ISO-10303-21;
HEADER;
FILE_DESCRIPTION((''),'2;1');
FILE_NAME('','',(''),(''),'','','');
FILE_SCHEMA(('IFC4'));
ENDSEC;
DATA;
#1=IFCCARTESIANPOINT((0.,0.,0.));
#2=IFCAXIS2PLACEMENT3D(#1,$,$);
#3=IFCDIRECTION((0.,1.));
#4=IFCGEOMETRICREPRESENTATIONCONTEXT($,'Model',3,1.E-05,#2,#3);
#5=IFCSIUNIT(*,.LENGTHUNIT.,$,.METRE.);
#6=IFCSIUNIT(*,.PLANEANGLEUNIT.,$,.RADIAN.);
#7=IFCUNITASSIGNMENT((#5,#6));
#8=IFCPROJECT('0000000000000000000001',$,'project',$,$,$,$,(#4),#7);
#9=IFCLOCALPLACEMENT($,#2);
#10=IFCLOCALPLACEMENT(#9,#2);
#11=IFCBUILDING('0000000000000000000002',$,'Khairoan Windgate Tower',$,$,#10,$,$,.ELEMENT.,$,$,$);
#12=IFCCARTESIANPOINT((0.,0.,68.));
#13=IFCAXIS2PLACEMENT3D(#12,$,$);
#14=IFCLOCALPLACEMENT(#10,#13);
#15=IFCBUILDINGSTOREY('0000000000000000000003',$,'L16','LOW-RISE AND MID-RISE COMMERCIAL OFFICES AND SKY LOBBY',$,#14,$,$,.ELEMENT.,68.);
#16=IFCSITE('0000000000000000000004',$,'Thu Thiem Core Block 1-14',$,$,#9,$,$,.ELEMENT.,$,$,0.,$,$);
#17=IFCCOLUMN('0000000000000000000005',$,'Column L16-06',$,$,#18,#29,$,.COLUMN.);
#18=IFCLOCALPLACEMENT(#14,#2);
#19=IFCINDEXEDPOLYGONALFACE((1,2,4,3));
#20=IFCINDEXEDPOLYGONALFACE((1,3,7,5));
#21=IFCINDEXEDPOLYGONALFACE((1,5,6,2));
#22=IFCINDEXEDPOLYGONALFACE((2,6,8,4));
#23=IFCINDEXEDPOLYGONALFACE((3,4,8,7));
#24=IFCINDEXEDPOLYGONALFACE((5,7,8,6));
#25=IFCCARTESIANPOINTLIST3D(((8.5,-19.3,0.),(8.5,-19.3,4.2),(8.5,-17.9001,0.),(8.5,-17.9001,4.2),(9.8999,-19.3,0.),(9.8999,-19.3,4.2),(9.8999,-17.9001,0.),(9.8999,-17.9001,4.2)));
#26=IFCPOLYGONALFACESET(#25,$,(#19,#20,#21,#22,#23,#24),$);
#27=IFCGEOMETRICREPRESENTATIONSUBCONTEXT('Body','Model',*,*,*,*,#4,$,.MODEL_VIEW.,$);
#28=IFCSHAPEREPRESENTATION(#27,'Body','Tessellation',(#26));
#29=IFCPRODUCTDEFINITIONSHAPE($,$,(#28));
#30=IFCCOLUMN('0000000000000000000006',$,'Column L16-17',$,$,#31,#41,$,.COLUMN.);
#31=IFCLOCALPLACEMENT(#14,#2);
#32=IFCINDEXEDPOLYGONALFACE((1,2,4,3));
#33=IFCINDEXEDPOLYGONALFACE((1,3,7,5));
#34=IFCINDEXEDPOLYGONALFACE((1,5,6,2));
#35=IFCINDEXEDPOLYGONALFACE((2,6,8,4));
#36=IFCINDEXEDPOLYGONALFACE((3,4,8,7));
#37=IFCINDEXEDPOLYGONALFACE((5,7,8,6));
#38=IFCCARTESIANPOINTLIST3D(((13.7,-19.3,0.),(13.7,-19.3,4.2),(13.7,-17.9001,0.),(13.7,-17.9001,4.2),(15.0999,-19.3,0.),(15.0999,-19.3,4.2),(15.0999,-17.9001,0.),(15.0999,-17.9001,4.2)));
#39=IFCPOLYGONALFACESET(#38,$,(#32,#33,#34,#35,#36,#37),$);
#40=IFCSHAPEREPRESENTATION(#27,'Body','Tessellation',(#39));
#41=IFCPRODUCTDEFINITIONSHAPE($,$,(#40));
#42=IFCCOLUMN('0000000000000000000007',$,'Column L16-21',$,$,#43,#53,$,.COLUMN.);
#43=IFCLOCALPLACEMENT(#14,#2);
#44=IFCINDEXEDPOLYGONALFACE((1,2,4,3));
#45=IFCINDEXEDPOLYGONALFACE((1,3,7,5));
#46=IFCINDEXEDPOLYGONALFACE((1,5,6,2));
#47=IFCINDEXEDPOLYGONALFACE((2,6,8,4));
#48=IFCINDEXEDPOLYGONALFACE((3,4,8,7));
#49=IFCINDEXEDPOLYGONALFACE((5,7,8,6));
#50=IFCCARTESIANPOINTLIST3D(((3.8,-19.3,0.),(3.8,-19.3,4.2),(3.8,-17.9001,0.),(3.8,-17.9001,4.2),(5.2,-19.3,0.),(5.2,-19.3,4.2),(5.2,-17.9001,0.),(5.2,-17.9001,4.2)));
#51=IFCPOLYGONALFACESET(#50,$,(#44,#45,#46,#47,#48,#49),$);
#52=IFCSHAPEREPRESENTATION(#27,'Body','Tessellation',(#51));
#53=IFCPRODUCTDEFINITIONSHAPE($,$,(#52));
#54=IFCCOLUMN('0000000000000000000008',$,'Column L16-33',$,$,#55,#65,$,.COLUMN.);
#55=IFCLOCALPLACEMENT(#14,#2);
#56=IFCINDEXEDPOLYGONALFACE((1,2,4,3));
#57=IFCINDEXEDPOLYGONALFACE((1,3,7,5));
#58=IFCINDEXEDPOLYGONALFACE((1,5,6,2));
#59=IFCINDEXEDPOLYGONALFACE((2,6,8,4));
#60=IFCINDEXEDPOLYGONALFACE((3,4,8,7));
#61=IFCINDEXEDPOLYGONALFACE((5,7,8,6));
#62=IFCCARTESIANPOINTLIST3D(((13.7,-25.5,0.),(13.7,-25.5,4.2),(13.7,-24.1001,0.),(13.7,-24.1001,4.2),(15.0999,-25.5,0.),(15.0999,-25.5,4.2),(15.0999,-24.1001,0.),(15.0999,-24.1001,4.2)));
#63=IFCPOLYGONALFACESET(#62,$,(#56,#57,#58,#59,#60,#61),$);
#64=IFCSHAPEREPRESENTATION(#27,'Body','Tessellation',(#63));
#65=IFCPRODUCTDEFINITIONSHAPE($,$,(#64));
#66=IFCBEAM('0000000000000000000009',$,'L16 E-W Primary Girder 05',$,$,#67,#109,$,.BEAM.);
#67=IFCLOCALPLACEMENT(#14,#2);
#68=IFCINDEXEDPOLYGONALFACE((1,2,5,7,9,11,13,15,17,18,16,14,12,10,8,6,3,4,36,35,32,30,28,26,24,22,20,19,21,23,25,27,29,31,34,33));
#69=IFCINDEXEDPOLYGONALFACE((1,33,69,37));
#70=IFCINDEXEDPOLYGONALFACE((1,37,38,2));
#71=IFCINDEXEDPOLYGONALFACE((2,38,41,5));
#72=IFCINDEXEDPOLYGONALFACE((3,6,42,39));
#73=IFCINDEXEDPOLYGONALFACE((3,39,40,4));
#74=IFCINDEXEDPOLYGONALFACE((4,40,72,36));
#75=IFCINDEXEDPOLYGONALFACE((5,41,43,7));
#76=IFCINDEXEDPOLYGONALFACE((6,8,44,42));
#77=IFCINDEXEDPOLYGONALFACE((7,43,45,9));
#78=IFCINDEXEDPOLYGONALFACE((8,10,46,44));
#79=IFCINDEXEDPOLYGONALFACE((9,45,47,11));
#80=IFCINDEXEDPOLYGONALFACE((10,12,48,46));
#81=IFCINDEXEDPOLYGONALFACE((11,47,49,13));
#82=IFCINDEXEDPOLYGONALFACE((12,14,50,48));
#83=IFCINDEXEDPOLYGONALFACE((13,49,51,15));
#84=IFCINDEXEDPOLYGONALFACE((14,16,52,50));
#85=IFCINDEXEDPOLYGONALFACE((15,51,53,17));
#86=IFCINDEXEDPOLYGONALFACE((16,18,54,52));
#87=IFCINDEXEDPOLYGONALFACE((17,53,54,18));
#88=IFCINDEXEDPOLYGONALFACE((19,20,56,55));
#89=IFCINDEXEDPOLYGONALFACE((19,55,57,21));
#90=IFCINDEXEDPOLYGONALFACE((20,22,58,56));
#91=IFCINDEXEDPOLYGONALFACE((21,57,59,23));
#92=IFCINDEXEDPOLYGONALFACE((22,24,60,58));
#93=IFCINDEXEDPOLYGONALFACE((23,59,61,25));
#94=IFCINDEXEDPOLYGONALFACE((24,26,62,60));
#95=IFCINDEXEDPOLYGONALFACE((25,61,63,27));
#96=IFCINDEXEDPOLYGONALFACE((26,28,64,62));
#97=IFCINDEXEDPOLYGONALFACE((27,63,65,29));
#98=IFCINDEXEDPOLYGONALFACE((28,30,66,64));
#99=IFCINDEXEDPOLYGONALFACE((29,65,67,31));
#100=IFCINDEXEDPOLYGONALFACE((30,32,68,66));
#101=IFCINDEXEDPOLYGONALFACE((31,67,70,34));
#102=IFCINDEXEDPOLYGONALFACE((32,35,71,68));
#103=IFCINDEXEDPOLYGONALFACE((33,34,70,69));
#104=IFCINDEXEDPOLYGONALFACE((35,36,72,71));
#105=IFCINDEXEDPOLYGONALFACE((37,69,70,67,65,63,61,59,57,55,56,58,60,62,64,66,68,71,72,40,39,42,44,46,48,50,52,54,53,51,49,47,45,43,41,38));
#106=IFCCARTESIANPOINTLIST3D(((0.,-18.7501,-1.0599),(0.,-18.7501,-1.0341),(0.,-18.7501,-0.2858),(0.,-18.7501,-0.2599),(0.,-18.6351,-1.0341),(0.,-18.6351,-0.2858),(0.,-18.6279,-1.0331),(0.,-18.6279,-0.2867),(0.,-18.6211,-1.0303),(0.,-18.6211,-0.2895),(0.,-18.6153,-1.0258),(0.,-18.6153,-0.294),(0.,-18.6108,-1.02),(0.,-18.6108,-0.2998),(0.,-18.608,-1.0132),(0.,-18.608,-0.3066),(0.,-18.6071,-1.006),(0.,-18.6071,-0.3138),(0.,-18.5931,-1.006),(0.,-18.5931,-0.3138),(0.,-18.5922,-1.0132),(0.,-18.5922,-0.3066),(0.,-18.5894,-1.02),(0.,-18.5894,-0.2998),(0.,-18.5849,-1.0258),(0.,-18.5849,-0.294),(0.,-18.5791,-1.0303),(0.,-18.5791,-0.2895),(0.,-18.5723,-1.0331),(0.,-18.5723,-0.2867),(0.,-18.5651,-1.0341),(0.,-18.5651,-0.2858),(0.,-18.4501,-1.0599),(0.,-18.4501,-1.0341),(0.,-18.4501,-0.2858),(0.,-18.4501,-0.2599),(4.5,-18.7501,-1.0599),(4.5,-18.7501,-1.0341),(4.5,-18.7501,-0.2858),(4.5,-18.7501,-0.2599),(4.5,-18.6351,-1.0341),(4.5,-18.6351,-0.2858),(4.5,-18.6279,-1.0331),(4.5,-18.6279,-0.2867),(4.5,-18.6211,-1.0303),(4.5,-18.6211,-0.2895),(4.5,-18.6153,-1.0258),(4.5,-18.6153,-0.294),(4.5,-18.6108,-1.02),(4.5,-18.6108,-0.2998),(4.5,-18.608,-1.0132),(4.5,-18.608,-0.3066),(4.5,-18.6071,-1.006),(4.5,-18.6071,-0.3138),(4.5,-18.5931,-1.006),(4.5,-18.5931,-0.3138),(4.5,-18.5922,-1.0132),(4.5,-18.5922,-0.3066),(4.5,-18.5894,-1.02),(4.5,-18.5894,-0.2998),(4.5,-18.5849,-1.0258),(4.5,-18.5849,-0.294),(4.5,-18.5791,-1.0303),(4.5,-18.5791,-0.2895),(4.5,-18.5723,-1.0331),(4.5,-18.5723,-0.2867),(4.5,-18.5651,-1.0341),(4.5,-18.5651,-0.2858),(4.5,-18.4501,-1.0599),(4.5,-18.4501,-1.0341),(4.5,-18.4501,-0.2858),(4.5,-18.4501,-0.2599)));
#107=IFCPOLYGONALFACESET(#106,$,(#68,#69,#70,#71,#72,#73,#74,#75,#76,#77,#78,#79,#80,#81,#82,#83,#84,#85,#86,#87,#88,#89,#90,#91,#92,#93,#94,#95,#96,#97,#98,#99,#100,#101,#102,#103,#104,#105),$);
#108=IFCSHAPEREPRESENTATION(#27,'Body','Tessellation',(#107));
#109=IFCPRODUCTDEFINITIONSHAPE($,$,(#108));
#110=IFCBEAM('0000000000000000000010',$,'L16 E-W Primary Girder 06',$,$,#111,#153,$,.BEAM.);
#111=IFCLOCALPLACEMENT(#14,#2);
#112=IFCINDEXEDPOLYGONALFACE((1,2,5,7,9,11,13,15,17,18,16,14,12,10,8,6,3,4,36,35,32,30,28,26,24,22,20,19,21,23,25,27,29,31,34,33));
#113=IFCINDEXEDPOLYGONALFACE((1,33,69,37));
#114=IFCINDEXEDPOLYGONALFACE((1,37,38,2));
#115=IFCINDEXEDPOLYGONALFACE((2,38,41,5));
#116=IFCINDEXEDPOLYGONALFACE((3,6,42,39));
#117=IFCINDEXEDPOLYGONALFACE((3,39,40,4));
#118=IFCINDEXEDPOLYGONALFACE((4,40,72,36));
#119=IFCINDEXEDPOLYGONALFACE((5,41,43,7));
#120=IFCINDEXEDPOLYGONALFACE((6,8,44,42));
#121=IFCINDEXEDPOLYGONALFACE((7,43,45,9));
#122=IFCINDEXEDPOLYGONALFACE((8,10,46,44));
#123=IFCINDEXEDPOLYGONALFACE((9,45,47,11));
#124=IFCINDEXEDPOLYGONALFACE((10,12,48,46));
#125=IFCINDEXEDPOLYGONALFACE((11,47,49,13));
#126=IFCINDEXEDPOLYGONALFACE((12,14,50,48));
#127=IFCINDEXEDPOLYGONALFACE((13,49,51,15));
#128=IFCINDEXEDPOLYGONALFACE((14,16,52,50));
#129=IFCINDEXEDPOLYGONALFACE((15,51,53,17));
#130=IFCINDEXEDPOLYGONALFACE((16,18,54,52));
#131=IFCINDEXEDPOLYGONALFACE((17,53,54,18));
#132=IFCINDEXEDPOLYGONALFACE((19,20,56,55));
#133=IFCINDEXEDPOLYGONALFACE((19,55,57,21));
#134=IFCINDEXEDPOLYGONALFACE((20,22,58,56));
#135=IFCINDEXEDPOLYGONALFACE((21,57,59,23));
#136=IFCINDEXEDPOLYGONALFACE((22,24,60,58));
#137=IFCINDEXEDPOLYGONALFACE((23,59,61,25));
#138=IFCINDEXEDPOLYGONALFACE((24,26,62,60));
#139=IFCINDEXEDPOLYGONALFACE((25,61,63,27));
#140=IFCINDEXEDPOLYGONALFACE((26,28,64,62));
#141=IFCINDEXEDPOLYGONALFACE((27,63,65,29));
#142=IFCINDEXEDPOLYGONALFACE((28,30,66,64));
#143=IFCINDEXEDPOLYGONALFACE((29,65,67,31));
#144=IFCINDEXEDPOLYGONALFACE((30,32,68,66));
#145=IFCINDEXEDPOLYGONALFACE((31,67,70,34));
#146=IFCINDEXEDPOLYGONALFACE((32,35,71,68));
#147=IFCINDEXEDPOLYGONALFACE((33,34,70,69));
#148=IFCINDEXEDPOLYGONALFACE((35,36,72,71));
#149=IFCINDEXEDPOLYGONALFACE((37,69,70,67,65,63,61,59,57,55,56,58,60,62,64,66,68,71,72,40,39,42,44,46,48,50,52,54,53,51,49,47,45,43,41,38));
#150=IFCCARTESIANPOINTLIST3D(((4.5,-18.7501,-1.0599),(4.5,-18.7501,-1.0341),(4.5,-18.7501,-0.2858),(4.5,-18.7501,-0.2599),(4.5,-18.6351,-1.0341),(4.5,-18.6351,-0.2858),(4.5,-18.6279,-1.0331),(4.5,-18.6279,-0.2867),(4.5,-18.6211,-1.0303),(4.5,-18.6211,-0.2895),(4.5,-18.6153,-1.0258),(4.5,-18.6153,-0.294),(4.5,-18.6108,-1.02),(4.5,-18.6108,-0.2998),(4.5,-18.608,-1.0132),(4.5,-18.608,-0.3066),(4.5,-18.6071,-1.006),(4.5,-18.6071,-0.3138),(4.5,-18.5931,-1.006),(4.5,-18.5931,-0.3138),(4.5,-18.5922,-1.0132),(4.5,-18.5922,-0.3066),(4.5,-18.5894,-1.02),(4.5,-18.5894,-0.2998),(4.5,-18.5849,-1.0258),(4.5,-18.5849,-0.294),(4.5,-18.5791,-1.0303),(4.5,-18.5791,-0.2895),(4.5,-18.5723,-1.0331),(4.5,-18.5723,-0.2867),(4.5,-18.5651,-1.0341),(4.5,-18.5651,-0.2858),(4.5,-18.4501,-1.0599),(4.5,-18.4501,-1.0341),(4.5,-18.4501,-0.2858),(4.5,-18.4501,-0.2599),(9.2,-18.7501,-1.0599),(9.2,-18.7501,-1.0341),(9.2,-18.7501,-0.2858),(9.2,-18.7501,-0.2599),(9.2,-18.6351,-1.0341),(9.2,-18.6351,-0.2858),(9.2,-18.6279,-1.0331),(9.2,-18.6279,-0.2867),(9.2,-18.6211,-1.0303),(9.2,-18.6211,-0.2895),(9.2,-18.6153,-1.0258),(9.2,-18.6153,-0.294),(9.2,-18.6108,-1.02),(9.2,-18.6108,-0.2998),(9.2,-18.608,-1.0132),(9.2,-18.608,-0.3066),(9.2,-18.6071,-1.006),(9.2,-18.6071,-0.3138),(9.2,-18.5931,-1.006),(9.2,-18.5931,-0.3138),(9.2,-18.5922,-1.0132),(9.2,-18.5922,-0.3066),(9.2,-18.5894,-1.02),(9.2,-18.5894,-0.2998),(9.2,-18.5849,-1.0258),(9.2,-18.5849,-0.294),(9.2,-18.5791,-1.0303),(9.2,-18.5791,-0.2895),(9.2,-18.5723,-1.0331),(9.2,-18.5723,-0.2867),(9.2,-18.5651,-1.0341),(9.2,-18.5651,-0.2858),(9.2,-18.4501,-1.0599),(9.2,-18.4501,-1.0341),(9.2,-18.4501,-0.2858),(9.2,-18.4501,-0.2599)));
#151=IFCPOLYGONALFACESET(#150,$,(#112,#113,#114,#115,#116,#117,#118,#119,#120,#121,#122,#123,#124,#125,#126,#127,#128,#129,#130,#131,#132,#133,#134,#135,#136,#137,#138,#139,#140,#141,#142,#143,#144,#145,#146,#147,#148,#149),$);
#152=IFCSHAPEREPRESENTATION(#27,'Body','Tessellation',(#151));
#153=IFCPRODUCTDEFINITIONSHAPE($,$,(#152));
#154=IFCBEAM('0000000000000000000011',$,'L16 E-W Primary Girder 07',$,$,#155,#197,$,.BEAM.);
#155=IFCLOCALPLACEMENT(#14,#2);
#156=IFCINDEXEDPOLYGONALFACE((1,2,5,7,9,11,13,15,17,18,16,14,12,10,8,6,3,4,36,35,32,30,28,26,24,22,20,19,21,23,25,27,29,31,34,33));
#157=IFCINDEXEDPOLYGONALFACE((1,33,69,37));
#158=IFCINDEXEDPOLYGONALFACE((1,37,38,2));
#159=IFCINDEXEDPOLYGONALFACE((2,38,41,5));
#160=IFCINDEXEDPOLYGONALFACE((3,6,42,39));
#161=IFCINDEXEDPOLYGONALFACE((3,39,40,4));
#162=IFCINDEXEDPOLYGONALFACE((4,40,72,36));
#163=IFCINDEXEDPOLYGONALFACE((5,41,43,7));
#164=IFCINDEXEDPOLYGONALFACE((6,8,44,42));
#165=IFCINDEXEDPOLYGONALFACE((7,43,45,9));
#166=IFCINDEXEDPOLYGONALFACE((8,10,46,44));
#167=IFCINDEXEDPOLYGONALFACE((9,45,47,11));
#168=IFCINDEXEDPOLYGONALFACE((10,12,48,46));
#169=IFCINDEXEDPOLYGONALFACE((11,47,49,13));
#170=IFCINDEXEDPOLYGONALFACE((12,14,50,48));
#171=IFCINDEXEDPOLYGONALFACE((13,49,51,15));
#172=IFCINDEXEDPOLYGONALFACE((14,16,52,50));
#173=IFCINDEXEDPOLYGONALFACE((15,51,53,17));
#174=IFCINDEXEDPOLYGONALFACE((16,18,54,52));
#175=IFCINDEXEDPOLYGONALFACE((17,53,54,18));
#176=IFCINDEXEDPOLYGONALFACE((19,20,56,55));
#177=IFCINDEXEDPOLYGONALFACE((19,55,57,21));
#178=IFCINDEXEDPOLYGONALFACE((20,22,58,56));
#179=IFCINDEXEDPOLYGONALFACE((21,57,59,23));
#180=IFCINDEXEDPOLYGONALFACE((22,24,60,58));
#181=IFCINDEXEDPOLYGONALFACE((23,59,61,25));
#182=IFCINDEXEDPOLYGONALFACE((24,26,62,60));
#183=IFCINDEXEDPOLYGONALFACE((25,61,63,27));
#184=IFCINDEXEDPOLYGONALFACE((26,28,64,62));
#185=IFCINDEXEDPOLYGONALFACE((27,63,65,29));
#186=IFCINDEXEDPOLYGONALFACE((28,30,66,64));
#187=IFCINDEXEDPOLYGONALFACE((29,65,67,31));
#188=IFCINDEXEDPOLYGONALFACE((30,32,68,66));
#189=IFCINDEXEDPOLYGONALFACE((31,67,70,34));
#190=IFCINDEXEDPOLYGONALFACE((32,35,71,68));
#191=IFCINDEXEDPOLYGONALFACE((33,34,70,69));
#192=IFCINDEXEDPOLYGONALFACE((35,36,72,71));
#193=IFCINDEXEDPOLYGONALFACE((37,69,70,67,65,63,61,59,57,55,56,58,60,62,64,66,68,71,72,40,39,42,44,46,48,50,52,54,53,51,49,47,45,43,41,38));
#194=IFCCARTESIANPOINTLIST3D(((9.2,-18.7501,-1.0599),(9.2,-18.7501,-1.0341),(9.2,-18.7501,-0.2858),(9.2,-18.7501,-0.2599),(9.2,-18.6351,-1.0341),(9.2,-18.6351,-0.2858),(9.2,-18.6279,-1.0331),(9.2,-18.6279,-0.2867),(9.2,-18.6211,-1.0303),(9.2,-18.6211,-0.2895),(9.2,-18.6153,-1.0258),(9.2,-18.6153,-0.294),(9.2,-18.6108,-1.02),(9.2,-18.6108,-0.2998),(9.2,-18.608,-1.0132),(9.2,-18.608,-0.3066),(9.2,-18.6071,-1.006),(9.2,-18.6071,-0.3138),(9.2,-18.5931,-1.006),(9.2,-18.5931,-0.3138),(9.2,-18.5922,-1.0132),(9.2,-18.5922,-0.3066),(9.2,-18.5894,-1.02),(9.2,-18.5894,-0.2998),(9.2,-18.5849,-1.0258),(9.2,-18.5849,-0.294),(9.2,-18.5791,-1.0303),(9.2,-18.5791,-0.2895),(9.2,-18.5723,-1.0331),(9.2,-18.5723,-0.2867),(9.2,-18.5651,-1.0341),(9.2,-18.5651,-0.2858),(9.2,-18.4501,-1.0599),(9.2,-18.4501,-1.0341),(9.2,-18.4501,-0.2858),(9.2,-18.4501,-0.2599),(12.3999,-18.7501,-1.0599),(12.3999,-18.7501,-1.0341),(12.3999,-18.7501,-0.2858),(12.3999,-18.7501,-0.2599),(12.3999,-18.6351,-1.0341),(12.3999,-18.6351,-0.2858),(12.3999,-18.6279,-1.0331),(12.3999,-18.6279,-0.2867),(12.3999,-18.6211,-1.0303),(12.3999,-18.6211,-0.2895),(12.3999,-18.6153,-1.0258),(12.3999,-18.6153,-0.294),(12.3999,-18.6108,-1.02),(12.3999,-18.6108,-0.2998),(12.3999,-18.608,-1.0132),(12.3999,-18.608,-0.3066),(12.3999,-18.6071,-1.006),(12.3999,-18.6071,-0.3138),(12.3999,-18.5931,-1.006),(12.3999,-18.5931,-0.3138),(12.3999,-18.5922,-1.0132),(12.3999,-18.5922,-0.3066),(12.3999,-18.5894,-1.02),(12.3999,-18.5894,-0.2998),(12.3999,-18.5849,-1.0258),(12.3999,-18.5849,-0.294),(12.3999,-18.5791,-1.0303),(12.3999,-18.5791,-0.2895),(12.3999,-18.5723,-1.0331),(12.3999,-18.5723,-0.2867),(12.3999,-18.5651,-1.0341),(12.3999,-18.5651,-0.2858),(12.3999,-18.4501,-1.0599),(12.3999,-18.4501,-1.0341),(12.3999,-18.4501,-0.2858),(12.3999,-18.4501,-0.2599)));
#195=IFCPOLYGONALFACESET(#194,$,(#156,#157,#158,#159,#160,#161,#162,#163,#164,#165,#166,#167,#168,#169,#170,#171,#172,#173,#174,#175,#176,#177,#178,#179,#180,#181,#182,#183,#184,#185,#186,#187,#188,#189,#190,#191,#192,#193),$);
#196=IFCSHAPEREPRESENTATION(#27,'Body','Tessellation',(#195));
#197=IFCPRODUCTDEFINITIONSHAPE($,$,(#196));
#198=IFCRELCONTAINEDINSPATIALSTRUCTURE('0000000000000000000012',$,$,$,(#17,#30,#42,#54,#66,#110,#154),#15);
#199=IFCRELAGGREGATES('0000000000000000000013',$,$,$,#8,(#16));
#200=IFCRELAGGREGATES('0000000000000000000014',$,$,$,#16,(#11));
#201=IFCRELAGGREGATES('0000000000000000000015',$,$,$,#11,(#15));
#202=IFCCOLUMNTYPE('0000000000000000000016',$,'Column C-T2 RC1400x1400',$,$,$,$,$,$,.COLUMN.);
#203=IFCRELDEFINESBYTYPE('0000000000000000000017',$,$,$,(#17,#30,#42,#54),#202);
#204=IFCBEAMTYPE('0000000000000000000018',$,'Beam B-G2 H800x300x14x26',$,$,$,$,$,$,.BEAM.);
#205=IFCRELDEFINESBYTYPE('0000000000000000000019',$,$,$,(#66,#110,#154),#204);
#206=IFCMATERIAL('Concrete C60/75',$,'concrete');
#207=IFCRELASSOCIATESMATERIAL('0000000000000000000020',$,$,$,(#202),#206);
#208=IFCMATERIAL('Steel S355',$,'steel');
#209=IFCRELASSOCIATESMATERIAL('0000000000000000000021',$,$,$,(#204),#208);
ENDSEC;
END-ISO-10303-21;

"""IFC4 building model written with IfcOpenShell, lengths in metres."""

from ifc_helpers import new_model, si_unit, direction, frame, origin, origin_2d, place, context, subcontext, project, spatial, rectangle, i_section, extrude, material, material_profile, profile_set, type_object, element, save


model = new_model("IFC4")

# Units and contexts
model_context = context("Model", 3, precision=1e-05, world=origin(), true_north=direction((0.0, 1.0)))
body_context = subcontext(model_context, "Body", "Model", "MODEL_VIEW")
ifc_project = project(units=[si_unit("LENGTHUNIT", "METRE"), si_unit("PLANEANGLEUNIT", "RADIAN")], contexts=[model_context])

# Site, building, storey
site_placement = place(None, origin())
site = spatial("IfcSite", under=ifc_project, at=site_placement, Name="Thu Thiem Core Block 1-14", CompositionType="ELEMENT", RefElevation=0.0)
building_placement = place(site_placement, origin())
building = spatial("IfcBuilding", under=site, at=building_placement, Name="Khairoan Windgate Tower", CompositionType="ELEMENT")
storey_placement = place(building_placement, frame((0.0, 0.0, 68.0)))
storey = spatial("IfcBuildingStorey", under=building, at=storey_placement, Name="L16", Description="LOW-RISE AND MID-RISE COMMERCIAL OFFICES AND SKY LOBBY", CompositionType="ELEMENT", Elevation=68.0)

# Columns
ifc_material_1 = material(Name="Concrete C60/75", Category="concrete")
ifc_material_profile_1 = material_profile(ifc_material_1, rectangle(XDim=1.3999, YDim=1.3999, at=origin_2d()))
ifc_profile_set_1 = profile_set([ifc_material_profile_1], Name="Concrete C60/75")
column_type = type_object("IfcColumnType", Name="Column C-T2 RC1400x1400", PredefinedType="COLUMN", material=ifc_profile_set_1)
for number, where, z_axis, x_axis, name in (
    (1, (9.2, -18.6001, 0.0), (0.0, 0.0, 1.0), (1.0, 0.0, 0.0), "Column L16-06"),
    (2, (14.3999, -18.6001, 0.0), (0.0, 0.0, 1.0), (1.0, 0.0, 0.0), "Column L16-17"),
    (3, (4.5, -18.6001, 0.0), (0.0, 0.0, 1.0), (1.0, 0.0, 0.0), "Column L16-21"),
    (4, (14.3999, -24.8, 0.0), (0.0, 0.0, 1.0), (1.0, 0.0, 0.0), "Column L16-33"),
):
    element("IfcColumn", number, at=place(storey_placement, frame(where, z_axis=z_axis, x_axis=x_axis)), inside=storey, type_object=column_type, Name=name, PredefinedType="COLUMN", context=body_context, shape_type="SweptSolid", body=[
        extrude(rectangle(XDim=1.3999, YDim=1.3999, at=origin_2d()), origin(), (0.0, 0.0, 1.0), 4.2),
    ])

# Beams
ifc_material_2 = material(Name="Steel S355", Category="steel")
ifc_material_profile_2 = material_profile(ifc_material_2, i_section(OverallWidth=0.3, OverallDepth=0.8, WebThickness=0.0139, FlangeThickness=0.0259, FilletRadius=0.0281, at=origin_2d()))
ifc_profile_set_2 = profile_set([ifc_material_profile_2], Name="Steel S355")
beam_type_1 = type_object("IfcBeamType", Name="Beam B-G2 H800x300x14x26", PredefinedType="BEAM", material=ifc_profile_set_2)
beam_1_placement = place(storey_placement, frame((0.0, -18.6001, -0.6599), z_axis=(1.0, 0.0, 0.0), x_axis=(0.0, 1.0, 0.0)))
element("IfcBeam", 5, at=beam_1_placement, inside=storey, type_object=beam_type_1, Name="L16 E-W Primary Girder 05", PredefinedType="BEAM", context=body_context, shape_type="SweptSolid", body=[
    extrude(i_section(OverallWidth=0.3, OverallDepth=0.8, WebThickness=0.0139, FlangeThickness=0.0259, FilletRadius=0.0281, at=origin_2d()), origin(), (0.0, 0.0, 1.0), 4.5),
])
beam_2_placement = place(storey_placement, frame((4.5, -18.6001, -0.6599), z_axis=(1.0, 0.0, 0.0), x_axis=(0.0, 1.0, 0.0)))
element("IfcBeam", 6, at=beam_2_placement, inside=storey, type_object=beam_type_1, Name="L16 E-W Primary Girder 06", PredefinedType="BEAM", context=body_context, shape_type="SweptSolid", body=[
    extrude(i_section(OverallWidth=0.3, OverallDepth=0.8, WebThickness=0.0139, FlangeThickness=0.0259, FilletRadius=0.0281, at=origin_2d()), origin(), (0.0, 0.0, 1.0), 4.7),
])
beam_3_placement = place(storey_placement, frame((9.2, -18.6001, -0.6599), z_axis=(1.0, 0.0, 0.0), x_axis=(0.0, 1.0, 0.0)))
element("IfcBeam", 7, at=beam_3_placement, inside=storey, type_object=beam_type_1, Name="L16 E-W Primary Girder 07", PredefinedType="BEAM", context=body_context, shape_type="SweptSolid", body=[
    extrude(i_section(OverallWidth=0.3, OverallDepth=0.8, WebThickness=0.0139, FlangeThickness=0.0259, FilletRadius=0.0281, at=origin_2d()), origin(), (0.0, 0.0, 1.0), 3.2),
])

save(model, "model.ifc")
